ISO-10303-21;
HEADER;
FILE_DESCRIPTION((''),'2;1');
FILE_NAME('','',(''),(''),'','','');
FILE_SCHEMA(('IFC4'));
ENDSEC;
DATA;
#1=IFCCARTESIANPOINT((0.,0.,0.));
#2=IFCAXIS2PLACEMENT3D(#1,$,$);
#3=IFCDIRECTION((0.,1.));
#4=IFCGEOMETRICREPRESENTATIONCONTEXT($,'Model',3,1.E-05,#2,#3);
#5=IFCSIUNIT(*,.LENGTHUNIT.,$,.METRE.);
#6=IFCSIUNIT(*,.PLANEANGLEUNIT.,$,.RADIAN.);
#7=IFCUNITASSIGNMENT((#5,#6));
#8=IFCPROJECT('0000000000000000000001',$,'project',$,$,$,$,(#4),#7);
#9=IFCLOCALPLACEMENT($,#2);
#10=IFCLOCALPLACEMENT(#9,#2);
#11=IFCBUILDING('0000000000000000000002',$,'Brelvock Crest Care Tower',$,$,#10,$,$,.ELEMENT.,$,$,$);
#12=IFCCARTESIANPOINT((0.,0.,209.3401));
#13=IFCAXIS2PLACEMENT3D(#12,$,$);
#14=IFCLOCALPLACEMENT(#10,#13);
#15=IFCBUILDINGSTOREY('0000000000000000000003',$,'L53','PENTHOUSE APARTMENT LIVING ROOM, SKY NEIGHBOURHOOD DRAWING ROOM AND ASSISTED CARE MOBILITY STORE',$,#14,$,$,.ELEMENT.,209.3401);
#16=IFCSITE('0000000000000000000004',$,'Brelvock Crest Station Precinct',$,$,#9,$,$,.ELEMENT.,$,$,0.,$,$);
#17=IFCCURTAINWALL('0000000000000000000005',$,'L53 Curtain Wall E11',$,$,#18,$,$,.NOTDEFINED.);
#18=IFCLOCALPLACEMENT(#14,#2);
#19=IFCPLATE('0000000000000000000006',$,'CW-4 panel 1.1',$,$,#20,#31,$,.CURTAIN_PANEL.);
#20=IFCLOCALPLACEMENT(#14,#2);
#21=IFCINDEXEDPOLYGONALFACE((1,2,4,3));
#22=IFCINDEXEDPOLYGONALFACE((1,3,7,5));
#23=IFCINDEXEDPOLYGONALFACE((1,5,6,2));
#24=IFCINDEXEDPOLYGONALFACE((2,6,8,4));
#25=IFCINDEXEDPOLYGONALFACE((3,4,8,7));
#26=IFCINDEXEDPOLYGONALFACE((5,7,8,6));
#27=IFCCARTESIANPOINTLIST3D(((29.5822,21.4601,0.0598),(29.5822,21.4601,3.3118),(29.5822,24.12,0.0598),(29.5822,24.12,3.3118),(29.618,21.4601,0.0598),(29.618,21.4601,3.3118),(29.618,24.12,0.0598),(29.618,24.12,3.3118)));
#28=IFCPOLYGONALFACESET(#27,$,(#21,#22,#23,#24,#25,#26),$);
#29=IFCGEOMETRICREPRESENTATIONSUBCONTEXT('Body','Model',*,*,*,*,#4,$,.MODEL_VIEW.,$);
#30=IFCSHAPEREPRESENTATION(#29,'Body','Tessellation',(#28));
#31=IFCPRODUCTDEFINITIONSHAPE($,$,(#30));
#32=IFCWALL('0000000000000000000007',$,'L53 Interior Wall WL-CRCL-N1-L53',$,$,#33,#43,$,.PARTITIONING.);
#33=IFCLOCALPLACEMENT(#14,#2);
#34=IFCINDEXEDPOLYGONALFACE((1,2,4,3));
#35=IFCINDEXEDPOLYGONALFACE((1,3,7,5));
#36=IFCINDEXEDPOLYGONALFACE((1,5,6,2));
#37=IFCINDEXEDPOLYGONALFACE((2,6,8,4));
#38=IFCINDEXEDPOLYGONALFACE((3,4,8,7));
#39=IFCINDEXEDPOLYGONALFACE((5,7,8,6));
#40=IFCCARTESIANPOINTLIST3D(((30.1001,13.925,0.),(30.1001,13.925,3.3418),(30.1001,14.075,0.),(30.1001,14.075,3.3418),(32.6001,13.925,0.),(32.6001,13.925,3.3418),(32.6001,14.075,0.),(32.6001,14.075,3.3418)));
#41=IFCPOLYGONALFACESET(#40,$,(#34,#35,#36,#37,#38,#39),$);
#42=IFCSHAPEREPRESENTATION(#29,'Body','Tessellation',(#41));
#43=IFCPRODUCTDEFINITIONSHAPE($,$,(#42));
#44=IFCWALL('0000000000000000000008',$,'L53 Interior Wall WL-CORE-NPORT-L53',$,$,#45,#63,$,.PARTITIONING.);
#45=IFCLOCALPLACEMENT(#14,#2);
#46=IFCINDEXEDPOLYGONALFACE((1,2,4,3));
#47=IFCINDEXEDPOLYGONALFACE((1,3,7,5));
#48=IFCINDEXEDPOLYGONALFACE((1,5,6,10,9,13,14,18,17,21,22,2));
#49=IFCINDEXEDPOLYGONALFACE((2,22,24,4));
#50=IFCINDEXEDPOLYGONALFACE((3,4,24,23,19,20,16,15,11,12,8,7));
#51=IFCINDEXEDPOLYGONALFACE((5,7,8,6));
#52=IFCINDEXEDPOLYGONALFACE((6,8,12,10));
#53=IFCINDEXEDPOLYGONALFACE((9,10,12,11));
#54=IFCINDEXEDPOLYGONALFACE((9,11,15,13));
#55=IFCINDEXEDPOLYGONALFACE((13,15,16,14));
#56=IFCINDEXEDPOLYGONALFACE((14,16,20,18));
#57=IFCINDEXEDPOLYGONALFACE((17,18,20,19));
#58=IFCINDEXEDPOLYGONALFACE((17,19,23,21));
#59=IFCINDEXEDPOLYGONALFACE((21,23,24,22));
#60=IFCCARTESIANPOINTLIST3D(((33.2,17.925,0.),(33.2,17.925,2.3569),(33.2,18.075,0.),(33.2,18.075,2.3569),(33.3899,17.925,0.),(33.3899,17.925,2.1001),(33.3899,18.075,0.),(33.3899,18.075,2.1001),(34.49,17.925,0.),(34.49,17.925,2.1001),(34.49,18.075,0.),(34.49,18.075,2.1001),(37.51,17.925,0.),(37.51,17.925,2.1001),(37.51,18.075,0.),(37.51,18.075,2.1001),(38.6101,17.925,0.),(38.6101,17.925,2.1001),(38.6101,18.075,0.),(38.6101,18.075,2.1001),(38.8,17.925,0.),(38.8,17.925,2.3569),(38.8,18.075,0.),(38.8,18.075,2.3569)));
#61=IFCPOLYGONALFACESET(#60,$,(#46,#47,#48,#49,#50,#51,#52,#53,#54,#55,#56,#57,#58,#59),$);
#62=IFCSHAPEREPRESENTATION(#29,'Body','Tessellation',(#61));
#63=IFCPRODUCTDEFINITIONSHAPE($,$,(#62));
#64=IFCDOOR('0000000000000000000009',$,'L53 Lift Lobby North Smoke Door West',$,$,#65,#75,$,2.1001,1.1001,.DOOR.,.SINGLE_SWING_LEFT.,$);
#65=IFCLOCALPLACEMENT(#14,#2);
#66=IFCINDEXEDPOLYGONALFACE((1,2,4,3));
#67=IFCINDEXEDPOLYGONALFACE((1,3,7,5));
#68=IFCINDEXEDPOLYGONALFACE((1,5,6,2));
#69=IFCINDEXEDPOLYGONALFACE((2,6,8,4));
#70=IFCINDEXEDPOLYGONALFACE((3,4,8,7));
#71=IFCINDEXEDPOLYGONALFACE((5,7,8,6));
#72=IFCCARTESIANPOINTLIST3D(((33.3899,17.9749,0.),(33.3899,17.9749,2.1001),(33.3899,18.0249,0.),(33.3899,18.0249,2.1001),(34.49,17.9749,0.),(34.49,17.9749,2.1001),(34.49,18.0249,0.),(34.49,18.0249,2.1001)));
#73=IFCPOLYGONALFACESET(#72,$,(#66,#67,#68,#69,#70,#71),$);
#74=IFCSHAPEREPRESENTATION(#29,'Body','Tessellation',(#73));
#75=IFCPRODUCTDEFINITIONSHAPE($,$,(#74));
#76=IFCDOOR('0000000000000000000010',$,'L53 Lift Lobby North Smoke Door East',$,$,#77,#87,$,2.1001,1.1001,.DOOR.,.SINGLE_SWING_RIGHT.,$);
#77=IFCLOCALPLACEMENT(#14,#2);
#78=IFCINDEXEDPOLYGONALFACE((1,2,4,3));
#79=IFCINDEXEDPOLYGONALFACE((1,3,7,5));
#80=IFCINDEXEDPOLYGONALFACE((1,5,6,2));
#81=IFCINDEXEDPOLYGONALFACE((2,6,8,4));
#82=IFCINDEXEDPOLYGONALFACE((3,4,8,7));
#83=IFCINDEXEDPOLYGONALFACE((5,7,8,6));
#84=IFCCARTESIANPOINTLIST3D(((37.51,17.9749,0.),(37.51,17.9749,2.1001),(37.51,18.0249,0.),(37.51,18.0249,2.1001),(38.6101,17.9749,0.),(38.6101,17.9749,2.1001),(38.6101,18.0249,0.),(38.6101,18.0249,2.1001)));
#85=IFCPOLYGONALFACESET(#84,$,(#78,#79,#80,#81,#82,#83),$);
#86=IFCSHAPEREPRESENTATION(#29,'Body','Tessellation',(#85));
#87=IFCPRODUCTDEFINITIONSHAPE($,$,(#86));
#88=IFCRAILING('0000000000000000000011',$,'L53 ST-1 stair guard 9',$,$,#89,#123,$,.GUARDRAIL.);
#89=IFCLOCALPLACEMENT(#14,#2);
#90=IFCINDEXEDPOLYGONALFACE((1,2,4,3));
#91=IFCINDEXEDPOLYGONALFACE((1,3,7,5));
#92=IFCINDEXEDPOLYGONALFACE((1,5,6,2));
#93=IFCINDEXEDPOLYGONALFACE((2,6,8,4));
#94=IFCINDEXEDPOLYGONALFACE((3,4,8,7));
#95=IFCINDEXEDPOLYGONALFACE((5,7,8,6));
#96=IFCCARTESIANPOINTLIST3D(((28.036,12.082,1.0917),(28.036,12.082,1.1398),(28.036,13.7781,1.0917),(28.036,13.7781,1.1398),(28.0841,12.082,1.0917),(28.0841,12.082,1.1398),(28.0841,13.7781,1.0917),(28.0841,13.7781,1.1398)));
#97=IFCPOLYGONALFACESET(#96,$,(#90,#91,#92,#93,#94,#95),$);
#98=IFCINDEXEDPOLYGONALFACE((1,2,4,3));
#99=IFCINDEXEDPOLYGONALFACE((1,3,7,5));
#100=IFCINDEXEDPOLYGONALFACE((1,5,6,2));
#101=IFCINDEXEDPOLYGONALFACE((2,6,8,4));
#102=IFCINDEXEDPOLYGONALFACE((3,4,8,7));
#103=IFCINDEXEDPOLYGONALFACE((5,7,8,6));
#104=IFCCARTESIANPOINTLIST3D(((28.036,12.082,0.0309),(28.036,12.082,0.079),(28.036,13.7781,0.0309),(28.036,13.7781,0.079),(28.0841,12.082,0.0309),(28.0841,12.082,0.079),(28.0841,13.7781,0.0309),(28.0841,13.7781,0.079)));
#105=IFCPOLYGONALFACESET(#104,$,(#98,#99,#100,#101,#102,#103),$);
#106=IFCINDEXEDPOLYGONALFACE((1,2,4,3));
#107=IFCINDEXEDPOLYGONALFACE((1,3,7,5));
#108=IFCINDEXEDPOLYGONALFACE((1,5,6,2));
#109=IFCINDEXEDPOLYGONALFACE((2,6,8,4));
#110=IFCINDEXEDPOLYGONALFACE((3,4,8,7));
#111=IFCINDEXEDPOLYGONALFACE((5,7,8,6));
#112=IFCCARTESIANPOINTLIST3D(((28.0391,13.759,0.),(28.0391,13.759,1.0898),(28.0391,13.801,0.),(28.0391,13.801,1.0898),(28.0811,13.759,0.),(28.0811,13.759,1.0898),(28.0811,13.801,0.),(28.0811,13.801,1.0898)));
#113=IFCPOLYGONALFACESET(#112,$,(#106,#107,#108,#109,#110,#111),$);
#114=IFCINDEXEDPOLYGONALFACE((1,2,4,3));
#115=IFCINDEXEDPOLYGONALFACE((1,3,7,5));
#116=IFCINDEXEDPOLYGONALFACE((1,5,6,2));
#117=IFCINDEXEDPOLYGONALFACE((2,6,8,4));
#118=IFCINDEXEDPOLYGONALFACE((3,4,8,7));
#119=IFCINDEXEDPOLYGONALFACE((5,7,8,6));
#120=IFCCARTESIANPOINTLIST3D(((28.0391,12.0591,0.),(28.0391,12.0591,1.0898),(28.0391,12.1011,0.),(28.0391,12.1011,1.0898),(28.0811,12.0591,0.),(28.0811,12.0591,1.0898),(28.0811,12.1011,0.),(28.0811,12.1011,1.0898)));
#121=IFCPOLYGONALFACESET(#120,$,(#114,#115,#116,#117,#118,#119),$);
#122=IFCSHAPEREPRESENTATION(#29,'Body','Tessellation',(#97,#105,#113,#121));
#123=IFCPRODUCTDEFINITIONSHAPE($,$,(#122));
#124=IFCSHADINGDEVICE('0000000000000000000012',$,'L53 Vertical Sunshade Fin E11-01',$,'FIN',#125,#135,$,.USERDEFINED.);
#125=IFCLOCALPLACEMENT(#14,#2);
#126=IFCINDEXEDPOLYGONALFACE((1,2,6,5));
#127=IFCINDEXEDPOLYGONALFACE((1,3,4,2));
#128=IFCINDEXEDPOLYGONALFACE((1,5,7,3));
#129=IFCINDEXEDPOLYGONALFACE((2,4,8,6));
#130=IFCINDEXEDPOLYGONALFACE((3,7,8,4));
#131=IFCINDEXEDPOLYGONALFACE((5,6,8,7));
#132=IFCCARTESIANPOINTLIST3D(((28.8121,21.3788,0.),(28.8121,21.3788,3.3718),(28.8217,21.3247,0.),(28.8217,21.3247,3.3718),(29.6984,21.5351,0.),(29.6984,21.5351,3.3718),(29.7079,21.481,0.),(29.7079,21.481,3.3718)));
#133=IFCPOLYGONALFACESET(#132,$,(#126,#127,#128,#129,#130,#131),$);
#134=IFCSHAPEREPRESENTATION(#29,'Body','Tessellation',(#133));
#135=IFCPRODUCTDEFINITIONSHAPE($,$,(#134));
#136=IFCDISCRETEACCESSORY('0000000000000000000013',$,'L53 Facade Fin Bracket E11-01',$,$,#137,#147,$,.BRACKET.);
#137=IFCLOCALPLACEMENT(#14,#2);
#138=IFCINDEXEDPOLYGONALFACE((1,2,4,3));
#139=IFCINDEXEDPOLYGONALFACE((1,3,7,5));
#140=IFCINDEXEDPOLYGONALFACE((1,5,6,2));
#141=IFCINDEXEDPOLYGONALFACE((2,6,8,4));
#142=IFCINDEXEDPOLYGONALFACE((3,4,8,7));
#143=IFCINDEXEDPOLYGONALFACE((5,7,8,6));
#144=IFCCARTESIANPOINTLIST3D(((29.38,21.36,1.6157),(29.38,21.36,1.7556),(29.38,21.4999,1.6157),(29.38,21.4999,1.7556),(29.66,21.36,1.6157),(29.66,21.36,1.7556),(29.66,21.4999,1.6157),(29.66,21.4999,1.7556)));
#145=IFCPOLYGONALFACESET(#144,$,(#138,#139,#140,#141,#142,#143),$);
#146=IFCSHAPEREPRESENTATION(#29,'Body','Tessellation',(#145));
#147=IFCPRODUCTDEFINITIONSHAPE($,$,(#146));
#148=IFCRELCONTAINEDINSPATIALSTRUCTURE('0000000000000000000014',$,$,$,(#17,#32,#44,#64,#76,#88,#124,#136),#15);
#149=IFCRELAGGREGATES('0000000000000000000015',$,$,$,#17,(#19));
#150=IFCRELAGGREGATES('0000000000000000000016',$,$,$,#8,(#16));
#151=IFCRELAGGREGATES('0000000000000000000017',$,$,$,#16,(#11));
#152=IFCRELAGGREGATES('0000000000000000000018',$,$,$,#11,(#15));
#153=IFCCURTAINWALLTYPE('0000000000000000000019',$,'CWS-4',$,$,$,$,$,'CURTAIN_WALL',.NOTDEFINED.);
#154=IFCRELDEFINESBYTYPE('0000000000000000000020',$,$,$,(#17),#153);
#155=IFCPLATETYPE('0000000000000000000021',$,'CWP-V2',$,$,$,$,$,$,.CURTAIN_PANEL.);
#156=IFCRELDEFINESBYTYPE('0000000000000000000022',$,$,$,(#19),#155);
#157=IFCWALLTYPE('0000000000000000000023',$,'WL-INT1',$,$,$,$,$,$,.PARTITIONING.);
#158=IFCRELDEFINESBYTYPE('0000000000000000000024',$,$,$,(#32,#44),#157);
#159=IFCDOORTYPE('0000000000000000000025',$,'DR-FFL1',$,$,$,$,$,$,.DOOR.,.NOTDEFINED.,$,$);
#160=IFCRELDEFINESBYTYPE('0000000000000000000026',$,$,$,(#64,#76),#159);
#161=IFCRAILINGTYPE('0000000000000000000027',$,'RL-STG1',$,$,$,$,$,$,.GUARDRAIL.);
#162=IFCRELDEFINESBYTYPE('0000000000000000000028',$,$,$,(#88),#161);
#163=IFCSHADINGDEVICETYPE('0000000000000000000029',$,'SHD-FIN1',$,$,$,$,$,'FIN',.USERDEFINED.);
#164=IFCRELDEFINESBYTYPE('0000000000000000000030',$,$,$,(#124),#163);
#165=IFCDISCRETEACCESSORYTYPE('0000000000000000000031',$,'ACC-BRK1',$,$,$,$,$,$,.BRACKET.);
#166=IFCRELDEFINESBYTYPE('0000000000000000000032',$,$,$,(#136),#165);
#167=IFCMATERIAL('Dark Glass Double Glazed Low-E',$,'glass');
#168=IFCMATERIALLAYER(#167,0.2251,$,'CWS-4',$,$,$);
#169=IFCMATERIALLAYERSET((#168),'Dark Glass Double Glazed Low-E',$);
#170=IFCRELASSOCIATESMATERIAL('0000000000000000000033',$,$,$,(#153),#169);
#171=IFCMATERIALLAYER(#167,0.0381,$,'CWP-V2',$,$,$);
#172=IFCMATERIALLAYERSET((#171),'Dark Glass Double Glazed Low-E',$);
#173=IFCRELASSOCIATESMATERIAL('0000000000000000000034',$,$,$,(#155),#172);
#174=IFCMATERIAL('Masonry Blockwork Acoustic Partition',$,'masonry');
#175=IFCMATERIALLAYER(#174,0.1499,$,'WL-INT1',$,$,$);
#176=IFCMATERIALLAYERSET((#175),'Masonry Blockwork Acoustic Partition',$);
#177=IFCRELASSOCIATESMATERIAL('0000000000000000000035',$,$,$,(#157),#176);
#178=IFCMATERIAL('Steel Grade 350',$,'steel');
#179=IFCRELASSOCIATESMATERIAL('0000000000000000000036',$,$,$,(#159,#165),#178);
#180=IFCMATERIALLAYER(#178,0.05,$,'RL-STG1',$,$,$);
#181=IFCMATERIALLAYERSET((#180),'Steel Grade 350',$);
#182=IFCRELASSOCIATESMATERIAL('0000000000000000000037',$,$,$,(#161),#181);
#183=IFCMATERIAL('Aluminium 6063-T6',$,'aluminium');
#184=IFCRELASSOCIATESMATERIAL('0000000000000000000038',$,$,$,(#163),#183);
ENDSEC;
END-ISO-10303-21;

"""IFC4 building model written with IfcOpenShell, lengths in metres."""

from ifc_helpers import new_model, si_unit, direction, frame, frame_2d, origin, origin_2d, place, context, subcontext, project, spatial, rectangle, extrude, source, transform, mapped, material, layer, layer_set, material_profile, profile_set, type_object, element, fill, aggregate, save


model = new_model("IFC4")

# Units and contexts
model_context = context("Model", 3, precision=1e-05, world=origin(), true_north=direction((0.0, 1.0)))
body_context = subcontext(model_context, "Body", "Model", "MODEL_VIEW")
ifc_project = project(units=[si_unit("LENGTHUNIT", "METRE"), si_unit("PLANEANGLEUNIT", "RADIAN")], contexts=[model_context])

# Site, building, storey
site_placement = place(None, origin())
site = spatial("IfcSite", under=ifc_project, at=site_placement, Name="Brelvock Crest Station Precinct", CompositionType="ELEMENT", RefElevation=0.0)
building_placement = place(site_placement, origin())
building = spatial("IfcBuilding", under=site, at=building_placement, Name="Brelvock Crest Care Tower", CompositionType="ELEMENT")
storey_placement = place(building_placement, frame((0.0, 0.0, 209.3401)))
storey = spatial("IfcBuildingStorey", under=building, at=storey_placement, Name="L53", Description="PENTHOUSE APARTMENT LIVING ROOM, SKY NEIGHBOURHOOD DRAWING ROOM AND ASSISTED CARE MOBILITY STORE", CompositionType="ELEMENT", Elevation=209.3401)

# Shared definitions
ifc_material_1 = material(Name="Steel Grade 350", Category="steel")

# Curtain wall
ifc_material_2 = material(Name="Dark Glass Double Glazed Low-E", Category="glass")
ifc_layer_1 = layer(ifc_material_2, 0.2251, Name="CWS-4")
ifc_layer_set_1 = layer_set([ifc_layer_1], Name="Dark Glass Double Glazed Low-E")
curtain_wall_type = type_object("IfcCurtainWallType", Name="CWS-4", ElementType="CURTAIN_WALL", PredefinedType="NOTDEFINED", material=ifc_layer_set_1)
ifc_material_3 = material(Name="Aluminium 6063-T6", Category="aluminium")
curtain_wall_1_placement = place(storey_placement, origin())
curtain_wall_1 = element("IfcCurtainWall", 1, at=curtain_wall_1_placement, inside=storey, type_object=curtain_wall_type, Name="L53 Curtain Wall E11", PredefinedType="NOTDEFINED")

# Plate
ifc_layer_2 = layer(ifc_material_2, 0.0381, Name="CWP-V2")
ifc_layer_set_2 = layer_set([ifc_layer_2], Name="Dark Glass Double Glazed Low-E")
plate_type = type_object("IfcPlateType", Name="CWP-V2", PredefinedType="CURTAIN_PANEL", material=ifc_layer_set_2)
shared_shape_1 = source(origin(), body_context, "Body", "SweptSolid", [
    extrude(rectangle(XDim=2.6599, YDim=0.0359, at=origin_2d()), origin(), (0.0, 0.0, 1.0), 3.252),
])
plate_1_placement = place(storey_placement, frame((29.6001, 22.79, 0.0598), z_axis=(0.0, 0.0, 1.0), x_axis=(0.0, 1.0, 0.0)))
plate_1 = element("IfcPlate", 2, at=plate_1_placement, type_object=plate_type, Name="CW-4 panel 1.1", PredefinedType="CURTAIN_PANEL", context=body_context, shape_type="MappedRepresentation", body=[
    mapped(shared_shape_1, transform((0.0, 0.0, 0.0), x_axis=(1.0, 0.0, 0.0), y_axis=(0.0, 1.0, 0.0), z_axis=(0.0, 0.0, 1.0), scale=1.0)),
])
aggregate(curtain_wall_1, [plate_1])

# Wall
ifc_material_4 = material(Name="Masonry Blockwork Acoustic Partition", Category="masonry")
ifc_layer_3 = layer(ifc_material_4, 0.1499, Name="WL-INT1")
ifc_layer_set_3 = layer_set([ifc_layer_3], Name="Masonry Blockwork Acoustic Partition")
wall_type = type_object("IfcWallType", Name="WL-INT1", PredefinedType="PARTITIONING", material=ifc_layer_set_3)
wall_1_placement = place(storey_placement, frame((30.1001, 14.0, 0.0), z_axis=(0.0, 0.0, 1.0), x_axis=(1.0, 0.0, 0.0)))
element("IfcWall", 3, at=wall_1_placement, inside=storey, type_object=wall_type, Name="L53 Interior Wall WL-CRCL-N1-L53", PredefinedType="PARTITIONING", context=body_context, shape_type="SweptSolid", body=[
    extrude(rectangle(XDim=2.5, YDim=0.1499, at=frame_2d((1.25, 0.0))), origin(), (0.0, 0.0, 1.0), 3.3418),
])

# Wall, openings, doors
wall_2_placement = place(storey_placement, frame((33.2, 18.0, 0.0), z_axis=(0.0, 0.0, 1.0), x_axis=(1.0, 0.0, 0.0)))
wall_2 = element("IfcWall", 4, at=wall_2_placement, inside=storey, type_object=wall_type, Name="L53 Interior Wall WL-CORE-NPORT-L53", PredefinedType="PARTITIONING", context=body_context, shape_type="SweptSolid", body=[
    extrude(rectangle(XDim=5.6001, YDim=0.1499, at=frame_2d((2.8, 0.0))), origin(), (0.0, 0.0, 1.0), 2.3569),
])
opening_1_placement = place(wall_2_placement, frame((0.1899, 0.0, 0.0)))
opening_1 = element("IfcOpeningElement", 5, at=opening_1_placement, cuts=wall_2, PredefinedType="OPENING", context=body_context, shape_type="SweptSolid", body=[
    extrude(rectangle(XDim=1.1001, YDim=2.1001, at=origin_2d()), frame((0.55, 0.085, 1.05), z_axis=(0.0, -1.0, 0.0), x_axis=(1.0, 0.0, 0.0)), (0.0, 0.0, 1.0), 0.1699),
])
opening_2_placement = place(wall_2_placement, frame((4.3101, 0.0, 0.0)))
opening_2 = element("IfcOpeningElement", 6, at=opening_2_placement, cuts=wall_2, PredefinedType="OPENING", context=body_context, shape_type="SweptSolid", body=[
    extrude(rectangle(XDim=1.1001, YDim=2.1001, at=origin_2d()), frame((0.55, 0.085, 1.05), z_axis=(0.0, -1.0, 0.0), x_axis=(1.0, 0.0, 0.0)), (0.0, 0.0, 1.0), 0.1699),
])
door_type = type_object("IfcDoorType", Name="DR-FFL1", OperationType="NOTDEFINED", PredefinedType="DOOR", material=ifc_material_1)
shared_shape_2 = source(origin(), body_context, "Body", "SweptSolid", [
    extrude(rectangle(XDim=1.1001, YDim=2.1001, at=origin_2d()), frame((0.55, 0.0249, 1.05), z_axis=(0.0, -1.0, 0.0), x_axis=(1.0, 0.0, 0.0)), (0.0, 0.0, 1.0), 0.05),
])
door_1_placement = place(opening_1_placement, origin())
door_1 = element("IfcDoor", 7, at=door_1_placement, inside=storey, type_object=door_type, Name="L53 Lift Lobby North Smoke Door West", OperationType="SINGLE_SWING_LEFT", OverallHeight=2.1001, OverallWidth=1.1001, PredefinedType="DOOR", context=body_context, shape_type="MappedRepresentation", body=[
    mapped(shared_shape_2, transform((0.0, 0.0, 0.0), x_axis=(1.0, 0.0, 0.0), y_axis=(0.0, 1.0, 0.0), z_axis=(0.0, 0.0, 1.0), scale=1.0)),
])
fill(opening_1, door_1)
door_2_placement = place(opening_2_placement, origin())
door_2 = element("IfcDoor", 8, at=door_2_placement, inside=storey, type_object=door_type, Name="L53 Lift Lobby North Smoke Door East", OperationType="SINGLE_SWING_RIGHT", OverallHeight=2.1001, OverallWidth=1.1001, PredefinedType="DOOR", context=body_context, shape_type="MappedRepresentation", body=[
    mapped(shared_shape_2, transform((0.0, 0.0, 0.0), x_axis=(1.0, 0.0, 0.0), y_axis=(0.0, 1.0, 0.0), z_axis=(0.0, 0.0, 1.0), scale=1.0)),
])
fill(opening_2, door_2)

# Railing
ifc_layer_4 = layer(ifc_material_1, 0.05, Name="RL-STG1")
ifc_layer_set_4 = layer_set([ifc_layer_4], Name="Steel Grade 350")
railing_type = type_object("IfcRailingType", Name="RL-STG1", PredefinedType="GUARDRAIL", material=ifc_layer_set_4)
railing_placement = place(storey_placement, frame((28.0601, 13.78, 0.0)))
element("IfcRailing", 9, at=railing_placement, inside=storey, type_object=railing_type, Name="L53 ST-1 stair guard 9", PredefinedType="GUARDRAIL", context=body_context, shape_type="SweptSolid", body=[
    extrude(rectangle(XDim=0.0481, YDim=0.0481, at=origin_2d()), frame((0.0, -0.002, 1.1157), z_axis=(0.0, -1.0, 0.0), x_axis=(1.0, 0.0, 0.0)), (0.0, 0.0, 1.0), 1.696),
    extrude(rectangle(XDim=0.0481, YDim=0.0481, at=origin_2d()), frame((0.0, -0.002, 0.0549), z_axis=(0.0, -1.0, 0.0), x_axis=(1.0, 0.0, 0.0)), (0.0, 0.0, 1.0), 1.696),
    extrude(rectangle(XDim=0.042, YDim=0.042, at=origin_2d()), origin(), (0.0, 0.0, 1.0), 1.0898),
    extrude(rectangle(XDim=0.042, YDim=0.042, at=origin_2d()), frame((0.0, -1.7, 0.0)), (0.0, 0.0, 1.0), 1.0898),
])

# Shading device
ifc_material_profile_1 = material_profile(ifc_material_3, rectangle(XDim=0.0549, YDim=0.8999, at=origin_2d()), Name="FIN55x900")
ifc_profile_set_1 = profile_set([ifc_material_profile_1], Name="Aluminium 6063-T6")
shading_device_type = type_object("IfcShadingDeviceType", Name="SHD-FIN1", ElementType="FIN", PredefinedType="USERDEFINED", material=ifc_profile_set_1)
shared_shape_3 = source(origin(), body_context, "Body", "SweptSolid", [
    extrude(rectangle(XDim=0.0549, YDim=0.8999, at=origin_2d()), origin(), (0.0, 0.0, 1.0), 3.3718),
])
shading_device_placement = place(storey_placement, frame((29.26, 21.4299, 0.0), z_axis=(0.0, 0.0, 1.0), x_axis=(-0.173648, 0.984808, 0.0)))
element("IfcShadingDevice", 10, at=shading_device_placement, inside=storey, type_object=shading_device_type, Name="L53 Vertical Sunshade Fin E11-01", ObjectType="FIN", PredefinedType="USERDEFINED", context=body_context, shape_type="MappedRepresentation", body=[
    mapped(shared_shape_3, transform((0.0, 0.0, 0.0), x_axis=(1.0, 0.0, 0.0), y_axis=(0.0, 1.0, 0.0), z_axis=(0.0, 0.0, 1.0), scale=1.0)),
])

# Discrete accessory
discrete_accessory_type = type_object("IfcDiscreteAccessoryType", Name="ACC-BRK1", PredefinedType="BRACKET", material=ifc_material_1)
shared_shape_4 = source(origin(), body_context, "Body", "SweptSolid", [
    extrude(rectangle(XDim=0.28, YDim=0.1399, at=origin_2d()), origin(), (0.0, 0.0, 1.0), 0.1399),
])
discrete_accessory_placement = place(storey_placement, frame((29.52, 21.4299, 1.6157), z_axis=(0.0, 0.0, 1.0), x_axis=(-1.0, 0.0, 0.0)))
element("IfcDiscreteAccessory", 11, at=discrete_accessory_placement, inside=storey, type_object=discrete_accessory_type, Name="L53 Facade Fin Bracket E11-01", PredefinedType="BRACKET", context=body_context, shape_type="MappedRepresentation", body=[
    mapped(shared_shape_4, transform((0.0, 0.0, 0.0), x_axis=(1.0, 0.0, 0.0), y_axis=(0.0, 1.0, 0.0), z_axis=(0.0, 0.0, 1.0), scale=1.0)),
])

save(model, "model.ifc")
